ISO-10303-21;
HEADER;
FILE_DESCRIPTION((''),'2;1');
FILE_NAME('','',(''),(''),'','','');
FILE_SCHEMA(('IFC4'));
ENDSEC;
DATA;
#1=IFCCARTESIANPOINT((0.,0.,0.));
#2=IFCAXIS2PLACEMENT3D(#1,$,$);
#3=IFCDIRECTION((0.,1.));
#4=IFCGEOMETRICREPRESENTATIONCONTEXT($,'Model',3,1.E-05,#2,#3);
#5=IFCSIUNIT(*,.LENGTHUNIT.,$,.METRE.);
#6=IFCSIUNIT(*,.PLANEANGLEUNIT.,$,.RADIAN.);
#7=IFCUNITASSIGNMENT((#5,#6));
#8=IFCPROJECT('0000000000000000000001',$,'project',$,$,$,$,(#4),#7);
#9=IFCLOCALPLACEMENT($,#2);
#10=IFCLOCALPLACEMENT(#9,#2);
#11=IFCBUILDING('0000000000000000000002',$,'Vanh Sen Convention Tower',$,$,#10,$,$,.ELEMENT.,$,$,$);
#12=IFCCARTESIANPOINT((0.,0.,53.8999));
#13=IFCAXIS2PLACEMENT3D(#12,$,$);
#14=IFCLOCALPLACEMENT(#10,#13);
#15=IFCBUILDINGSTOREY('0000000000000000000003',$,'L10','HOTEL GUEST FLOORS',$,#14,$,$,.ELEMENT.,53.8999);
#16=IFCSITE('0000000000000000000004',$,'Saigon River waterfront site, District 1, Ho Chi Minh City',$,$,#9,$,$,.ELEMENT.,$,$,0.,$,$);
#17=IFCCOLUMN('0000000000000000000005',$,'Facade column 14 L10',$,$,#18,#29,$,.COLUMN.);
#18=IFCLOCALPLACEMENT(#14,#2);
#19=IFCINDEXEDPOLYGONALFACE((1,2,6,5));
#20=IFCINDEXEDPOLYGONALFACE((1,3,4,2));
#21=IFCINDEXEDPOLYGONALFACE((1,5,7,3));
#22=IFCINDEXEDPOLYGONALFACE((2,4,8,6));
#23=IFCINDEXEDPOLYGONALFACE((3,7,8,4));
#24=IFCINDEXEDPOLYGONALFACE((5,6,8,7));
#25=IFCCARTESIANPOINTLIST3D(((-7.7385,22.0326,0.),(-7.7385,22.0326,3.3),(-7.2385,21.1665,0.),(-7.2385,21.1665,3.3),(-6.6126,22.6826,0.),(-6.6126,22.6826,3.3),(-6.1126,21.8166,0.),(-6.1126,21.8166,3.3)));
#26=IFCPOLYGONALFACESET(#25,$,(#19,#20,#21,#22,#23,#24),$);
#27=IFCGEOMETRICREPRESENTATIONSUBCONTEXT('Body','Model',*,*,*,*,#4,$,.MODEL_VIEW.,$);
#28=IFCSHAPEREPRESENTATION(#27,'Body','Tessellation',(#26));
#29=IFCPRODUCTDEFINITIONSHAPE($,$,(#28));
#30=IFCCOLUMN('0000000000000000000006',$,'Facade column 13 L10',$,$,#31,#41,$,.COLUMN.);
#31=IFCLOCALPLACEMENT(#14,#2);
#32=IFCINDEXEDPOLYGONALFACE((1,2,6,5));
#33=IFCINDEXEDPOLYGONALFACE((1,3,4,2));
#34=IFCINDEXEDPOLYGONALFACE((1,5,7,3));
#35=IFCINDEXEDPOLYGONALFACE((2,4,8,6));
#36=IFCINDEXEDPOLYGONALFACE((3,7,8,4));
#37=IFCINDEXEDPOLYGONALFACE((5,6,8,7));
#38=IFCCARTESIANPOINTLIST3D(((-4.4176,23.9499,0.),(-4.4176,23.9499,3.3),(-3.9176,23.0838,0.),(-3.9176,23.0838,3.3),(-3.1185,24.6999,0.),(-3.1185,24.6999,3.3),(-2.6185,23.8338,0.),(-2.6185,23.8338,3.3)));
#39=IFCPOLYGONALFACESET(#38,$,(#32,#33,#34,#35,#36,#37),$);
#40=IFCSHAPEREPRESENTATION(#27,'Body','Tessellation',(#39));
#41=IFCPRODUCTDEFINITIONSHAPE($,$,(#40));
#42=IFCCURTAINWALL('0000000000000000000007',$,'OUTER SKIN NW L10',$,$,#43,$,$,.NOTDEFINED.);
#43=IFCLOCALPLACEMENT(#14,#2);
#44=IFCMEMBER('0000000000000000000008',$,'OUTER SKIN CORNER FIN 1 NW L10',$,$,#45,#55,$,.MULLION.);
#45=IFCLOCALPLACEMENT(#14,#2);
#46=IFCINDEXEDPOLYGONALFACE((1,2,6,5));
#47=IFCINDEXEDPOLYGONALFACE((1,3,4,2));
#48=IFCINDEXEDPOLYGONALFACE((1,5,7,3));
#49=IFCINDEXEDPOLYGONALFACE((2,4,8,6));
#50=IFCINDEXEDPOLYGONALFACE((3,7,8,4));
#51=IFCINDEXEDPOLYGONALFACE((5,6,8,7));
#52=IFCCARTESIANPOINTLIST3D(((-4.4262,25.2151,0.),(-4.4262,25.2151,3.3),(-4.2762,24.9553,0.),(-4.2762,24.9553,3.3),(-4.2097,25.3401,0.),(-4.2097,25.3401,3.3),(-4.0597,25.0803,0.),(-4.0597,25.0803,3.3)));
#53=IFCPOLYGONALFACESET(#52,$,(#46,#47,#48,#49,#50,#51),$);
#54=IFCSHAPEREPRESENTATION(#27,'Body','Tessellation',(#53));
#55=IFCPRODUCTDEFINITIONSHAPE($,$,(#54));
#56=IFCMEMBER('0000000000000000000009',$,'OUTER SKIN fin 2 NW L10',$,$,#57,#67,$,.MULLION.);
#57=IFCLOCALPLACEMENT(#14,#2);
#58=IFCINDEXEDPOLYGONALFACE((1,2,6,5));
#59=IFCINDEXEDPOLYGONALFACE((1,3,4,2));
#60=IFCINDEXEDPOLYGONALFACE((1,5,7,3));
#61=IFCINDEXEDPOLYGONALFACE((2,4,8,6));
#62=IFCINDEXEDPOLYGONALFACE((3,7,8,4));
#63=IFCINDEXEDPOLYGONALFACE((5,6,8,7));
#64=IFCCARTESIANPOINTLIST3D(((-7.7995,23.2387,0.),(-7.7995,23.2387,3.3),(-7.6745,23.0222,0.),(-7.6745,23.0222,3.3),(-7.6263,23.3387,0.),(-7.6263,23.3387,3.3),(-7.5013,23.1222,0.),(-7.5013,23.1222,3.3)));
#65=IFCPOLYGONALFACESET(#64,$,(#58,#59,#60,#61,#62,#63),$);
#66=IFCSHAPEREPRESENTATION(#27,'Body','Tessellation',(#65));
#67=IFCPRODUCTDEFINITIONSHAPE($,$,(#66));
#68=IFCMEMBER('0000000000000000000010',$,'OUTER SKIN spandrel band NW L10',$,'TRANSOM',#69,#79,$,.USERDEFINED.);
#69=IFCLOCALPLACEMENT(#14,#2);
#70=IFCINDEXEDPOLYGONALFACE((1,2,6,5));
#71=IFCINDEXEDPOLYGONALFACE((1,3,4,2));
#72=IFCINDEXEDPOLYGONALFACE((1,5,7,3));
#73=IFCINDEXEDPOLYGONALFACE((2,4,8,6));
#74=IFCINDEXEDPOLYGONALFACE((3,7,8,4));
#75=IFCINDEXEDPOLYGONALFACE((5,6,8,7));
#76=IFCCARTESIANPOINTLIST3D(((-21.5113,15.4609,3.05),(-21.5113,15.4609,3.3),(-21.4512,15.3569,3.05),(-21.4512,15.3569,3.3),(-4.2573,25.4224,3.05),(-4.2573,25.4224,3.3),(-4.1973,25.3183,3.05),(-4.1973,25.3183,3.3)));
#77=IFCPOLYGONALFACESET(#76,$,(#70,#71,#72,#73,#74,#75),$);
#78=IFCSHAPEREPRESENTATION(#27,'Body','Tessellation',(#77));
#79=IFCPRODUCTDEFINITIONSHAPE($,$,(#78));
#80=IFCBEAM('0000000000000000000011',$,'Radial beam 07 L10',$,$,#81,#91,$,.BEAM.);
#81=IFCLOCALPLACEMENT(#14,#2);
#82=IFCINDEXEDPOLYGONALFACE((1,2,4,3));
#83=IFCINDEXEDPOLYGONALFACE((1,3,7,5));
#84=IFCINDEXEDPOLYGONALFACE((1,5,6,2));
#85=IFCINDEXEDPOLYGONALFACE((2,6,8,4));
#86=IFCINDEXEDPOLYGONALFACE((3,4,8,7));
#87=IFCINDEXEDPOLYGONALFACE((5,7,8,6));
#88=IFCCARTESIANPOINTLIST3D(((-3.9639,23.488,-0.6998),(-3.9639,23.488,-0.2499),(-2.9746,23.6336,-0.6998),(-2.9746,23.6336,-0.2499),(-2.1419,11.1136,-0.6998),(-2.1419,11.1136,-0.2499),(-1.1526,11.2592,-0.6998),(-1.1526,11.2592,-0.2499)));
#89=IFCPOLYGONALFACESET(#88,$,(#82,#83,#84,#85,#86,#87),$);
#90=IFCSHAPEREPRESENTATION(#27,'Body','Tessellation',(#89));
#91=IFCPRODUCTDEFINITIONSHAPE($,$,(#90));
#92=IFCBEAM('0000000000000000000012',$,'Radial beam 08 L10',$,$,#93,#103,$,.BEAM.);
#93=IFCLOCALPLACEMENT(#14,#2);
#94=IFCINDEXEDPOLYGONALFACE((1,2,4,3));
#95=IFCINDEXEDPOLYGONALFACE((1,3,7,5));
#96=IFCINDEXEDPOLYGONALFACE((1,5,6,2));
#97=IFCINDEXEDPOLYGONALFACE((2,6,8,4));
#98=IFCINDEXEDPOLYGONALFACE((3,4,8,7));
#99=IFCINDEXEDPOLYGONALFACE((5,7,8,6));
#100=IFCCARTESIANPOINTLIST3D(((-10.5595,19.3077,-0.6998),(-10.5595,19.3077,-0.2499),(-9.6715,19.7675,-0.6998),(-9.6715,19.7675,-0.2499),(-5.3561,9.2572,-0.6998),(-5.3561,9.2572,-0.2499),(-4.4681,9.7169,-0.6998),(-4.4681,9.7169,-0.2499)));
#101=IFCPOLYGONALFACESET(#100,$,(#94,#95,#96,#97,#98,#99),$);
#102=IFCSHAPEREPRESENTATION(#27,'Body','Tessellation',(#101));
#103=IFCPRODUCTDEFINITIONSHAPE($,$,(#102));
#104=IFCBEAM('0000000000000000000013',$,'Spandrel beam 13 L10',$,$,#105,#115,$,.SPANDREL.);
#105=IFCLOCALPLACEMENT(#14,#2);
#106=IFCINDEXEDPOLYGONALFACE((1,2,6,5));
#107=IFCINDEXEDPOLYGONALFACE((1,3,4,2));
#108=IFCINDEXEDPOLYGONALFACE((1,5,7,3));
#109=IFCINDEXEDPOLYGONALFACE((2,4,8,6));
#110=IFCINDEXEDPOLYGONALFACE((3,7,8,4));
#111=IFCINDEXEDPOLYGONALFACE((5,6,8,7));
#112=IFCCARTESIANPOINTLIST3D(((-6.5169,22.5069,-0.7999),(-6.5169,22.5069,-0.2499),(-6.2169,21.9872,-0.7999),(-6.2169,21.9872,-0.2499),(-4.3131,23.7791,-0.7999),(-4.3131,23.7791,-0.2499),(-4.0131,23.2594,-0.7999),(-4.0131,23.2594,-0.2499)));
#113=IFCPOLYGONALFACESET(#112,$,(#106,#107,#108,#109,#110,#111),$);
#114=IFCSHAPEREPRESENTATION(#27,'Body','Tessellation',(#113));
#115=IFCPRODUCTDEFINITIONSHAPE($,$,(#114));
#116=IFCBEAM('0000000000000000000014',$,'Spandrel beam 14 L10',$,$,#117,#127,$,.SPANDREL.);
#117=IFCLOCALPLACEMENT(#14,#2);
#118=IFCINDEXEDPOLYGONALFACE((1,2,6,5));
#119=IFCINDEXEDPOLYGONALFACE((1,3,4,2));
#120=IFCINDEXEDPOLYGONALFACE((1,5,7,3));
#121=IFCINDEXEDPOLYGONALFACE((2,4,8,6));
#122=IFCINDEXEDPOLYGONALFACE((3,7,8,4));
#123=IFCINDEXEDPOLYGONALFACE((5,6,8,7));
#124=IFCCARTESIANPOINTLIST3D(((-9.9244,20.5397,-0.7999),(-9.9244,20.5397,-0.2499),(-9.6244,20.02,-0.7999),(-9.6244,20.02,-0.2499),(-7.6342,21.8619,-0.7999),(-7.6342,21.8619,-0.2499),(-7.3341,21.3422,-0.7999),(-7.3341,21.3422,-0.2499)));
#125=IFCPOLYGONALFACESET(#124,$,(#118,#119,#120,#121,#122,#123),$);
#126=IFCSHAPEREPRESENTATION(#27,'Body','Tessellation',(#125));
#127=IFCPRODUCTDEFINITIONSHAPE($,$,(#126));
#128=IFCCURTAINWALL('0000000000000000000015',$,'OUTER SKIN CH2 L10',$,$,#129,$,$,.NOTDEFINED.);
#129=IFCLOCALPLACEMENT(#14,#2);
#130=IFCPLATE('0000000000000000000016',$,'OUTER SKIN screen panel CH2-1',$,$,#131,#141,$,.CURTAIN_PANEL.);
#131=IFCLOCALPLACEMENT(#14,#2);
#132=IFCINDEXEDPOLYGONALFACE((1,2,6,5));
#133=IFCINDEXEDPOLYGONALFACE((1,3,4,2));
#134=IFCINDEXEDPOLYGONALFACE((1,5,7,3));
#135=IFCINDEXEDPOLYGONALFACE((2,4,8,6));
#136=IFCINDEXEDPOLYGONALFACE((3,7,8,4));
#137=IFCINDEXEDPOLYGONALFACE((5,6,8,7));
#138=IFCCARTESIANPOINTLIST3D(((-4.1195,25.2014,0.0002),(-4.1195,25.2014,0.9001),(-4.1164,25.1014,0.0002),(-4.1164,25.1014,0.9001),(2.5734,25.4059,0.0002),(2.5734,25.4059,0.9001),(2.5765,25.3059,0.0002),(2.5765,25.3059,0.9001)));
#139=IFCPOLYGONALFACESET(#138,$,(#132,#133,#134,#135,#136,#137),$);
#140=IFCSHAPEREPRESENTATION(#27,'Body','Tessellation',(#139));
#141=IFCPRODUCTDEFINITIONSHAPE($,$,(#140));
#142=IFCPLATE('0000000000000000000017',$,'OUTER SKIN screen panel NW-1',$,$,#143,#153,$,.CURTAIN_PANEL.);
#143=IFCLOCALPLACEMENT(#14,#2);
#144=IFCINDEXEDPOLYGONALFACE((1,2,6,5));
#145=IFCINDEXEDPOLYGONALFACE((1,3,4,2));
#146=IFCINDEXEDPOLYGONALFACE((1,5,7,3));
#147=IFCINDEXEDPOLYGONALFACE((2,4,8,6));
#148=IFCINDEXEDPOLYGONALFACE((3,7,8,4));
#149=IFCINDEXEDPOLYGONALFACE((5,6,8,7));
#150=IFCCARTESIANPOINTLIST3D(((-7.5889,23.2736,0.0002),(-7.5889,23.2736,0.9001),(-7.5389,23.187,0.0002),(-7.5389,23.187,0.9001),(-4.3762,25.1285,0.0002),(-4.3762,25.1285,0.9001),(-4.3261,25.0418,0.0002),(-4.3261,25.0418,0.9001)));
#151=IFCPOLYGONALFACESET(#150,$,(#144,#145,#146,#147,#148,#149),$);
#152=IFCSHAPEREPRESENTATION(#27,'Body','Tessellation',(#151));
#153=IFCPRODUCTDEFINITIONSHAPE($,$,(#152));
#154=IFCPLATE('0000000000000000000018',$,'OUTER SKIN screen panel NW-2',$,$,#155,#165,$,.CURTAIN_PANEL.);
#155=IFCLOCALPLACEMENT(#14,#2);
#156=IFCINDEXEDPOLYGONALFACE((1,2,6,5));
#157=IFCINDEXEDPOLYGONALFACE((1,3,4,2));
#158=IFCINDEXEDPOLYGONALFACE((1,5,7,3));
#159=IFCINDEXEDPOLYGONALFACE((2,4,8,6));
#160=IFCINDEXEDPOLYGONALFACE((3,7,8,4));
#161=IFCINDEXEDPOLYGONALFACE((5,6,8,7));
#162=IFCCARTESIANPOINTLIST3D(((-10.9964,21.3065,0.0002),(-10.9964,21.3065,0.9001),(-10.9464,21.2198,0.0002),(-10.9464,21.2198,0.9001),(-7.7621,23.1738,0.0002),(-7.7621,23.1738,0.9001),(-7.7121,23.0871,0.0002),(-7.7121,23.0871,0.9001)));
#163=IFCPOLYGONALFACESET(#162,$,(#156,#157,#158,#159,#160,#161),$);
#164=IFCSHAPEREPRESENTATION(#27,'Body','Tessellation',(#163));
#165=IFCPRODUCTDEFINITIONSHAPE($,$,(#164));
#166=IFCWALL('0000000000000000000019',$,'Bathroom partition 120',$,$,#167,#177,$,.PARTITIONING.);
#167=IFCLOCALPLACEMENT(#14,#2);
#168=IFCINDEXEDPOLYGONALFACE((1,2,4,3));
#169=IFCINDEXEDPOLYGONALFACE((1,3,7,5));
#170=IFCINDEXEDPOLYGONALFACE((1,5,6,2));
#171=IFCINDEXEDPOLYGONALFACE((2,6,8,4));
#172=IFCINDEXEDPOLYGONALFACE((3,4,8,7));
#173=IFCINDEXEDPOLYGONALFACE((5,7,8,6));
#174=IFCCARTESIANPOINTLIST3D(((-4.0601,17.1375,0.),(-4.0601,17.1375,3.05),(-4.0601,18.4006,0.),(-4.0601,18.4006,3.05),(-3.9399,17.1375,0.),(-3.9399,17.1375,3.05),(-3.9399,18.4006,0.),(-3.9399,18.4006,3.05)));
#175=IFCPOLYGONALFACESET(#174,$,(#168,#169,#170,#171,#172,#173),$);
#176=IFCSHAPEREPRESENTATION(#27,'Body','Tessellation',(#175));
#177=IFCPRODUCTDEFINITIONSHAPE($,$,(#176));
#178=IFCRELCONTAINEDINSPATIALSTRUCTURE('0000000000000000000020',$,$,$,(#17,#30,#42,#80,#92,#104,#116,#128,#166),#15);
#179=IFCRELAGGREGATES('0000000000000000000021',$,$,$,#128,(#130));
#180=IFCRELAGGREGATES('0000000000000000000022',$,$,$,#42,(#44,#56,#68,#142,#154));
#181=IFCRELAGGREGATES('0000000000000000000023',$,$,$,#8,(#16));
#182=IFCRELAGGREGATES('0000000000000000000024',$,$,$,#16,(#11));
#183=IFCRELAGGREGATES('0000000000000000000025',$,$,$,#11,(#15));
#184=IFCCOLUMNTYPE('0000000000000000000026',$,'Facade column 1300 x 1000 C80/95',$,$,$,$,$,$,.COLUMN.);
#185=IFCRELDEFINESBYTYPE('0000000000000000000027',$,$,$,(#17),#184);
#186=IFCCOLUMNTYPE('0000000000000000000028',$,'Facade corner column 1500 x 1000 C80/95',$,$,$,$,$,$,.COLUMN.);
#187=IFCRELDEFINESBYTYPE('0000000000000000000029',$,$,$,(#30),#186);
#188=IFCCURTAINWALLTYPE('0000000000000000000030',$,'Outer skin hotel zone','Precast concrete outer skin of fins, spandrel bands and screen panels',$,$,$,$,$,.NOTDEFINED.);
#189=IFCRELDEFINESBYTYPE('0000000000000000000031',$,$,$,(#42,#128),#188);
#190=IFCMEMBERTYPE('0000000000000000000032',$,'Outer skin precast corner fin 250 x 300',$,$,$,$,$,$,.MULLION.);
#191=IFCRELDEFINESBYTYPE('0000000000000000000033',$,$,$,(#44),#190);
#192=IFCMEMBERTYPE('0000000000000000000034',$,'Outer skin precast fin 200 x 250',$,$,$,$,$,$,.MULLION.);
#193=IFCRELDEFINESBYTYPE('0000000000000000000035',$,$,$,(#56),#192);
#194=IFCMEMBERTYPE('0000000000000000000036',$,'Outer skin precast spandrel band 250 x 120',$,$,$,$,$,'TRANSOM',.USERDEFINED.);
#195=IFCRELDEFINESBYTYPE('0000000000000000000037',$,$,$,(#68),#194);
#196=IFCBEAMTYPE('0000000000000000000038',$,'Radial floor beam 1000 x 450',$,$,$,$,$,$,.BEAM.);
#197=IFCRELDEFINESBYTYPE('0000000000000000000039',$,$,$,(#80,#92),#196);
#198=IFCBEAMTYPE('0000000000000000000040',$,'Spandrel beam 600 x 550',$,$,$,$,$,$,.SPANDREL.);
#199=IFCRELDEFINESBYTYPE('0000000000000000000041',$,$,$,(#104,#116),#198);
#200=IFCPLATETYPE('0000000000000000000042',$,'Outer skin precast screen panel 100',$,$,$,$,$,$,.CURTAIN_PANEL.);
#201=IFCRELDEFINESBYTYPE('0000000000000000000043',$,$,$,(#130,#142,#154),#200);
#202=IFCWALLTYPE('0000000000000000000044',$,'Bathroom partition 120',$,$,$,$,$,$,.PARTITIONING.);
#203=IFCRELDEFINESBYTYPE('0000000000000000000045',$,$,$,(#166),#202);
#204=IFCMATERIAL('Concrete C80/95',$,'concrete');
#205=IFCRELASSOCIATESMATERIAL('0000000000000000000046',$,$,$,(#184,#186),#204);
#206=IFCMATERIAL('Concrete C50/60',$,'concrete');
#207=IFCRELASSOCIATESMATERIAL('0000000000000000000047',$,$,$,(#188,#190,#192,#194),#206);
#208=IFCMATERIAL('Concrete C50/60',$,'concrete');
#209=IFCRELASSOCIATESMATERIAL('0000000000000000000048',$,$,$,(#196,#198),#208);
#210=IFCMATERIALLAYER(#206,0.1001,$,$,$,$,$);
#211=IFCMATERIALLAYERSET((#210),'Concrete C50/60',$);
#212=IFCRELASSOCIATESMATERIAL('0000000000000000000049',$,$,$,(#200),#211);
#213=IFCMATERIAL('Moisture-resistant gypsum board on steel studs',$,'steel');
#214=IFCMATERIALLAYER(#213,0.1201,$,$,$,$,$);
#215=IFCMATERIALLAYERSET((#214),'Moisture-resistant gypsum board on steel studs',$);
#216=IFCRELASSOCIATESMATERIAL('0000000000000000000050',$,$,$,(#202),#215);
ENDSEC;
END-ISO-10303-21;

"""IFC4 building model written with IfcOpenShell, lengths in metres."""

from ifc_helpers import new_model, si_unit, direction, frame, frame_2d, origin, origin_2d, place, context, subcontext, project, spatial, rectangle, extrude, material, layer, layer_set, material_profile, profile_set, type_object, element, aggregate, save


model = new_model("IFC4")

# Units and contexts
model_context = context("Model", 3, precision=1e-05, world=origin(), true_north=direction((0.0, 1.0)))
body_context = subcontext(model_context, "Body", "Model", "MODEL_VIEW")
ifc_project = project(units=[si_unit("LENGTHUNIT", "METRE"), si_unit("PLANEANGLEUNIT", "RADIAN")], contexts=[model_context])

# Site, building, storey
site_placement = place(None, origin())
site = spatial("IfcSite", under=ifc_project, at=site_placement, Name="Saigon River waterfront site, District 1, Ho Chi Minh City", CompositionType="ELEMENT", RefElevation=0.0)
building_placement = place(site_placement, origin())
building = spatial("IfcBuilding", under=site, at=building_placement, Name="Vanh Sen Convention Tower", CompositionType="ELEMENT")
storey_placement = place(building_placement, frame((0.0, 0.0, 53.8999)))
storey = spatial("IfcBuildingStorey", under=building, at=storey_placement, Name="L10", Description="HOTEL GUEST FLOORS", CompositionType="ELEMENT", Elevation=53.8999)

# Columns
ifc_material_1 = material(Name="Concrete C80/95", Category="concrete")
ifc_material_profile_1 = material_profile(ifc_material_1, rectangle(XDim=1.3, YDim=1.0, at=origin_2d()), Name="RC 1300X1000")
ifc_profile_set_1 = profile_set([ifc_material_profile_1], Name="Concrete C80/95")
column_type_1 = type_object("IfcColumnType", Name="Facade column 1300 x 1000 C80/95", PredefinedType="COLUMN", material=ifc_profile_set_1)
column_1_placement = place(storey_placement, frame((-6.9255, 21.9246, 0.0), z_axis=(0.0, 0.0, 1.0), x_axis=(-0.866025, -0.5, 0.0)))
element("IfcColumn", 1, at=column_1_placement, inside=storey, type_object=column_type_1, Name="Facade column 14 L10", PredefinedType="COLUMN", context=body_context, shape_type="SweptSolid", body=[
    extrude(rectangle(XDim=1.3, YDim=1.0, at=origin_2d()), origin(), (0.0, 0.0, 1.0), 3.3),
])
ifc_material_profile_2 = material_profile(ifc_material_1, rectangle(XDim=1.5, YDim=1.0, at=origin_2d()), Name="RC 1500X1000")
ifc_profile_set_2 = profile_set([ifc_material_profile_2], Name="Concrete C80/95")
column_type_2 = type_object("IfcColumnType", Name="Facade corner column 1500 x 1000 C80/95", PredefinedType="COLUMN", material=ifc_profile_set_2)
column_2_placement = place(storey_placement, frame((-3.5181, 23.8918, 0.0), z_axis=(0.0, 0.0, 1.0), x_axis=(-0.866025, -0.5, 0.0)))
element("IfcColumn", 2, at=column_2_placement, inside=storey, type_object=column_type_2, Name="Facade column 13 L10", PredefinedType="COLUMN", context=body_context, shape_type="SweptSolid", body=[
    extrude(rectangle(XDim=1.5, YDim=1.0, at=origin_2d()), origin(), (0.0, 0.0, 1.0), 3.3),
])

# Curtain wall, members
ifc_material_2 = material(Name="Concrete C50/60", Category="concrete")
curtain_wall_type = type_object("IfcCurtainWallType", Name="Outer skin hotel zone", Description="Precast concrete outer skin of fins, spandrel bands and screen panels", PredefinedType="NOTDEFINED", material=ifc_material_2)
curtain_wall_1_placement = place(storey_placement, origin())
curtain_wall_1 = element("IfcCurtainWall", 3, at=curtain_wall_1_placement, inside=storey, type_object=curtain_wall_type, Name="OUTER SKIN NW L10", PredefinedType="NOTDEFINED")
ifc_material_profile_3 = material_profile(ifc_material_2, rectangle(XDim=0.25, YDim=0.3, at=origin_2d()), Name="Outer skin precast corner fin 250 x 300")
ifc_profile_set_3 = profile_set([ifc_material_profile_3], Name="Concrete C50/60")
member_type_1 = type_object("IfcMemberType", Name="Outer skin precast corner fin 250 x 300", PredefinedType="MULLION", material=ifc_profile_set_3)
member_1_placement = place(storey_placement, frame((-4.2429, 25.1477, 0.0), z_axis=(0.0, 0.0, 1.0), x_axis=(-0.866025, -0.5, 0.0)))
member_1 = element("IfcMember", 4, at=member_1_placement, type_object=member_type_1, Name="OUTER SKIN CORNER FIN 1 NW L10", PredefinedType="MULLION", context=body_context, shape_type="SweptSolid", body=[
    extrude(rectangle(XDim=0.25, YDim=0.3, at=origin_2d()), origin(), (0.0, 0.0, 1.0), 3.3),
])
ifc_material_profile_4 = material_profile(ifc_material_2, rectangle(XDim=0.2, YDim=0.25, at=origin_2d()), Name="Outer skin precast fin 200 x 250")
ifc_profile_set_4 = profile_set([ifc_material_profile_4], Name="Concrete C50/60")
member_type_2 = type_object("IfcMemberType", Name="Outer skin precast fin 200 x 250", PredefinedType="MULLION", material=ifc_profile_set_4)
member_2_placement = place(storey_placement, frame((-7.6504, 23.1804, 0.0), z_axis=(0.0, 0.0, 1.0), x_axis=(-0.866025, -0.5, 0.0)))
member_2 = element("IfcMember", 5, at=member_2_placement, type_object=member_type_2, Name="OUTER SKIN fin 2 NW L10", PredefinedType="MULLION", context=body_context, shape_type="SweptSolid", body=[
    extrude(rectangle(XDim=0.2, YDim=0.25, at=origin_2d()), origin(), (0.0, 0.0, 1.0), 3.3),
])
ifc_material_profile_5 = material_profile(ifc_material_2, rectangle(XDim=0.1201, YDim=0.25, at=origin_2d()), Name="Outer skin precast spandrel band 250 x 120")
ifc_profile_set_5 = profile_set([ifc_material_profile_5], Name="Concrete C50/60")
member_type_3 = type_object("IfcMemberType", Name="Outer skin precast spandrel band 250 x 120", ElementType="TRANSOM", PredefinedType="USERDEFINED", material=ifc_profile_set_5)
member_3_placement = place(storey_placement, frame((-4.2273, 25.3704, 3.175), z_axis=(-0.866028, -0.499995, 0.0), x_axis=(0.499995, -0.866028, 0.0)))
member_3 = element("IfcMember", 6, at=member_3_placement, type_object=member_type_3, Name="OUTER SKIN spandrel band NW L10", ObjectType="TRANSOM", PredefinedType="USERDEFINED", context=body_context, shape_type="SweptSolid", body=[
    extrude(rectangle(XDim=0.1201, YDim=0.25, at=origin_2d()), origin(), (0.0, 0.0, 1.0), 19.9231),
])

# Beams
ifc_material_3 = material(Name="Concrete C50/60", Category="concrete")
ifc_material_profile_6 = material_profile(ifc_material_3, rectangle(XDim=1.0, YDim=0.45, at=origin_2d()), Name="RC 1000X450")
ifc_profile_set_6 = profile_set([ifc_material_profile_6], Name="Concrete C50/60")
beam_type_1 = type_object("IfcBeamType", Name="Radial floor beam 1000 x 450", PredefinedType="BEAM", material=ifc_profile_set_6)
beam_1_placement = place(storey_placement, frame((-3.4692, 23.5608, -0.4749), z_axis=(0.145669, -0.989333, 0.0), x_axis=(0.989333, 0.145669, 0.0)))
element("IfcBeam", 7, at=beam_1_placement, inside=storey, type_object=beam_type_1, Name="Radial beam 07 L10", PredefinedType="BEAM", context=body_context, shape_type="SweptSolid", body=[
    extrude(rectangle(XDim=1.0, YDim=0.45, at=origin_2d()), origin(), (0.0, 0.0, 1.0), 12.5078),
])
beam_2_placement = place(storey_placement, frame((-10.1155, 19.5376, -0.4749), z_axis=(0.459759, -0.888044, 0.0), x_axis=(0.888044, 0.459759, 0.0)))
element("IfcBeam", 8, at=beam_2_placement, inside=storey, type_object=beam_type_1, Name="Radial beam 08 L10", PredefinedType="BEAM", context=body_context, shape_type="SweptSolid", body=[
    extrude(rectangle(XDim=1.0, YDim=0.45, at=origin_2d()), origin(), (0.0, 0.0, 1.0), 11.3176),
])
ifc_material_profile_7 = material_profile(ifc_material_3, rectangle(XDim=0.6001, YDim=0.55, at=origin_2d()), Name="RC 600X550")
ifc_profile_set_7 = profile_set([ifc_material_profile_7], Name="Concrete C50/60")
beam_type_2 = type_object("IfcBeamType", Name="Spandrel beam 600 x 550", PredefinedType="SPANDREL", material=ifc_profile_set_7)
beam_3_placement = place(storey_placement, frame((-4.1631, 23.5193, -0.5249), z_axis=(-0.866056, -0.499947, 0.0), x_axis=(0.499947, -0.866056, 0.0)))
element("IfcBeam", 9, at=beam_3_placement, inside=storey, type_object=beam_type_2, Name="Spandrel beam 13 L10", PredefinedType="SPANDREL", context=body_context, shape_type="SweptSolid", body=[
    extrude(rectangle(XDim=0.6001, YDim=0.55, at=origin_2d()), origin(), (0.0, 0.0, 1.0), 2.5447),
])
beam_4_placement = place(storey_placement, frame((-7.4841, 21.6021, -0.5249), z_axis=(-0.86603, -0.499991, 0.0), x_axis=(0.499991, -0.86603, 0.0)))
element("IfcBeam", 10, at=beam_4_placement, inside=storey, type_object=beam_type_2, Name="Spandrel beam 14 L10", PredefinedType="SPANDREL", context=body_context, shape_type="SweptSolid", body=[
    extrude(rectangle(XDim=0.6001, YDim=0.55, at=origin_2d()), origin(), (0.0, 0.0, 1.0), 2.6445),
])

# Curtain wall, plate
curtain_wall_2_placement = place(storey_placement, origin())
curtain_wall_2 = element("IfcCurtainWall", 11, at=curtain_wall_2_placement, inside=storey, type_object=curtain_wall_type, Name="OUTER SKIN CH2 L10", PredefinedType="NOTDEFINED")
ifc_layer_1 = layer(ifc_material_2, 0.1001)
ifc_layer_set_1 = layer_set([ifc_layer_1], Name="Concrete C50/60")
plate_type = type_object("IfcPlateType", Name="Outer skin precast screen panel 100", PredefinedType="CURTAIN_PANEL", material=ifc_layer_set_1)
plate_1_placement = place(storey_placement, frame((-0.7715, 25.2537, 0.0002), z_axis=(0.0, 0.0, 1.0), x_axis=(-0.999534, -0.030537, 0.0)))
plate_1 = element("IfcPlate", 12, at=plate_1_placement, type_object=plate_type, Name="OUTER SKIN screen panel CH2-1", PredefinedType="CURTAIN_PANEL", context=body_context, shape_type="SweptSolid", body=[
    extrude(rectangle(XDim=6.696, YDim=0.1001, at=origin_2d()), origin(), (0.0, 0.0, 1.0), 0.8999),
])
aggregate(curtain_wall_2, [plate_1])

# Plates
plate_2_placement = place(storey_placement, frame((-5.9575, 24.1577, 0.0002), z_axis=(0.0, 0.0, 1.0), x_axis=(-0.866028, -0.499995, 0.0)))
plate_2 = element("IfcPlate", 13, at=plate_2_placement, type_object=plate_type, Name="OUTER SKIN screen panel NW-1", PredefinedType="CURTAIN_PANEL", context=body_context, shape_type="SweptSolid", body=[
    extrude(rectangle(XDim=3.7097, YDim=0.1001, at=origin_2d()), origin(), (0.0, 0.0, 1.0), 0.8999),
])
plate_3_placement = place(storey_placement, frame((-9.3542, 22.1968, 0.0002), z_axis=(0.0, 0.0, 1.0), x_axis=(-0.866021, -0.500008, 0.0)))
plate_3 = element("IfcPlate", 14, at=plate_3_placement, type_object=plate_type, Name="OUTER SKIN screen panel NW-2", PredefinedType="CURTAIN_PANEL", context=body_context, shape_type="SweptSolid", body=[
    extrude(rectangle(XDim=3.7346, YDim=0.1001, at=origin_2d()), origin(), (0.0, 0.0, 1.0), 0.8999),
])
aggregate(curtain_wall_1, [member_1, member_2, member_3, plate_2, plate_3])

# Wall
ifc_material_4 = material(Name="Moisture-resistant gypsum board on steel studs", Category="steel")
ifc_layer_2 = layer(ifc_material_4, 0.1201)
ifc_layer_set_2 = layer_set([ifc_layer_2], Name="Moisture-resistant gypsum board on steel studs")
wall_type_1 = type_object("IfcWallType", Name="Bathroom partition 120", PredefinedType="PARTITIONING", material=ifc_layer_set_2)
wall_1_placement = place(storey_placement, frame((-4.0, 17.1375, 0.0), z_axis=(0.0, 0.0, 1.0), x_axis=(0.0, 1.0, 0.0)))
element("IfcWall", 15, at=wall_1_placement, inside=storey, type_object=wall_type_1, Name="Bathroom partition 120", PredefinedType="PARTITIONING", context=body_context, shape_type="SweptSolid", body=[
    extrude(rectangle(XDim=1.2632, YDim=0.1201, at=frame_2d((0.6316, 0.0))), origin(), (0.0, 0.0, 1.0), 3.05),
])

save(model, "model.ifc")
